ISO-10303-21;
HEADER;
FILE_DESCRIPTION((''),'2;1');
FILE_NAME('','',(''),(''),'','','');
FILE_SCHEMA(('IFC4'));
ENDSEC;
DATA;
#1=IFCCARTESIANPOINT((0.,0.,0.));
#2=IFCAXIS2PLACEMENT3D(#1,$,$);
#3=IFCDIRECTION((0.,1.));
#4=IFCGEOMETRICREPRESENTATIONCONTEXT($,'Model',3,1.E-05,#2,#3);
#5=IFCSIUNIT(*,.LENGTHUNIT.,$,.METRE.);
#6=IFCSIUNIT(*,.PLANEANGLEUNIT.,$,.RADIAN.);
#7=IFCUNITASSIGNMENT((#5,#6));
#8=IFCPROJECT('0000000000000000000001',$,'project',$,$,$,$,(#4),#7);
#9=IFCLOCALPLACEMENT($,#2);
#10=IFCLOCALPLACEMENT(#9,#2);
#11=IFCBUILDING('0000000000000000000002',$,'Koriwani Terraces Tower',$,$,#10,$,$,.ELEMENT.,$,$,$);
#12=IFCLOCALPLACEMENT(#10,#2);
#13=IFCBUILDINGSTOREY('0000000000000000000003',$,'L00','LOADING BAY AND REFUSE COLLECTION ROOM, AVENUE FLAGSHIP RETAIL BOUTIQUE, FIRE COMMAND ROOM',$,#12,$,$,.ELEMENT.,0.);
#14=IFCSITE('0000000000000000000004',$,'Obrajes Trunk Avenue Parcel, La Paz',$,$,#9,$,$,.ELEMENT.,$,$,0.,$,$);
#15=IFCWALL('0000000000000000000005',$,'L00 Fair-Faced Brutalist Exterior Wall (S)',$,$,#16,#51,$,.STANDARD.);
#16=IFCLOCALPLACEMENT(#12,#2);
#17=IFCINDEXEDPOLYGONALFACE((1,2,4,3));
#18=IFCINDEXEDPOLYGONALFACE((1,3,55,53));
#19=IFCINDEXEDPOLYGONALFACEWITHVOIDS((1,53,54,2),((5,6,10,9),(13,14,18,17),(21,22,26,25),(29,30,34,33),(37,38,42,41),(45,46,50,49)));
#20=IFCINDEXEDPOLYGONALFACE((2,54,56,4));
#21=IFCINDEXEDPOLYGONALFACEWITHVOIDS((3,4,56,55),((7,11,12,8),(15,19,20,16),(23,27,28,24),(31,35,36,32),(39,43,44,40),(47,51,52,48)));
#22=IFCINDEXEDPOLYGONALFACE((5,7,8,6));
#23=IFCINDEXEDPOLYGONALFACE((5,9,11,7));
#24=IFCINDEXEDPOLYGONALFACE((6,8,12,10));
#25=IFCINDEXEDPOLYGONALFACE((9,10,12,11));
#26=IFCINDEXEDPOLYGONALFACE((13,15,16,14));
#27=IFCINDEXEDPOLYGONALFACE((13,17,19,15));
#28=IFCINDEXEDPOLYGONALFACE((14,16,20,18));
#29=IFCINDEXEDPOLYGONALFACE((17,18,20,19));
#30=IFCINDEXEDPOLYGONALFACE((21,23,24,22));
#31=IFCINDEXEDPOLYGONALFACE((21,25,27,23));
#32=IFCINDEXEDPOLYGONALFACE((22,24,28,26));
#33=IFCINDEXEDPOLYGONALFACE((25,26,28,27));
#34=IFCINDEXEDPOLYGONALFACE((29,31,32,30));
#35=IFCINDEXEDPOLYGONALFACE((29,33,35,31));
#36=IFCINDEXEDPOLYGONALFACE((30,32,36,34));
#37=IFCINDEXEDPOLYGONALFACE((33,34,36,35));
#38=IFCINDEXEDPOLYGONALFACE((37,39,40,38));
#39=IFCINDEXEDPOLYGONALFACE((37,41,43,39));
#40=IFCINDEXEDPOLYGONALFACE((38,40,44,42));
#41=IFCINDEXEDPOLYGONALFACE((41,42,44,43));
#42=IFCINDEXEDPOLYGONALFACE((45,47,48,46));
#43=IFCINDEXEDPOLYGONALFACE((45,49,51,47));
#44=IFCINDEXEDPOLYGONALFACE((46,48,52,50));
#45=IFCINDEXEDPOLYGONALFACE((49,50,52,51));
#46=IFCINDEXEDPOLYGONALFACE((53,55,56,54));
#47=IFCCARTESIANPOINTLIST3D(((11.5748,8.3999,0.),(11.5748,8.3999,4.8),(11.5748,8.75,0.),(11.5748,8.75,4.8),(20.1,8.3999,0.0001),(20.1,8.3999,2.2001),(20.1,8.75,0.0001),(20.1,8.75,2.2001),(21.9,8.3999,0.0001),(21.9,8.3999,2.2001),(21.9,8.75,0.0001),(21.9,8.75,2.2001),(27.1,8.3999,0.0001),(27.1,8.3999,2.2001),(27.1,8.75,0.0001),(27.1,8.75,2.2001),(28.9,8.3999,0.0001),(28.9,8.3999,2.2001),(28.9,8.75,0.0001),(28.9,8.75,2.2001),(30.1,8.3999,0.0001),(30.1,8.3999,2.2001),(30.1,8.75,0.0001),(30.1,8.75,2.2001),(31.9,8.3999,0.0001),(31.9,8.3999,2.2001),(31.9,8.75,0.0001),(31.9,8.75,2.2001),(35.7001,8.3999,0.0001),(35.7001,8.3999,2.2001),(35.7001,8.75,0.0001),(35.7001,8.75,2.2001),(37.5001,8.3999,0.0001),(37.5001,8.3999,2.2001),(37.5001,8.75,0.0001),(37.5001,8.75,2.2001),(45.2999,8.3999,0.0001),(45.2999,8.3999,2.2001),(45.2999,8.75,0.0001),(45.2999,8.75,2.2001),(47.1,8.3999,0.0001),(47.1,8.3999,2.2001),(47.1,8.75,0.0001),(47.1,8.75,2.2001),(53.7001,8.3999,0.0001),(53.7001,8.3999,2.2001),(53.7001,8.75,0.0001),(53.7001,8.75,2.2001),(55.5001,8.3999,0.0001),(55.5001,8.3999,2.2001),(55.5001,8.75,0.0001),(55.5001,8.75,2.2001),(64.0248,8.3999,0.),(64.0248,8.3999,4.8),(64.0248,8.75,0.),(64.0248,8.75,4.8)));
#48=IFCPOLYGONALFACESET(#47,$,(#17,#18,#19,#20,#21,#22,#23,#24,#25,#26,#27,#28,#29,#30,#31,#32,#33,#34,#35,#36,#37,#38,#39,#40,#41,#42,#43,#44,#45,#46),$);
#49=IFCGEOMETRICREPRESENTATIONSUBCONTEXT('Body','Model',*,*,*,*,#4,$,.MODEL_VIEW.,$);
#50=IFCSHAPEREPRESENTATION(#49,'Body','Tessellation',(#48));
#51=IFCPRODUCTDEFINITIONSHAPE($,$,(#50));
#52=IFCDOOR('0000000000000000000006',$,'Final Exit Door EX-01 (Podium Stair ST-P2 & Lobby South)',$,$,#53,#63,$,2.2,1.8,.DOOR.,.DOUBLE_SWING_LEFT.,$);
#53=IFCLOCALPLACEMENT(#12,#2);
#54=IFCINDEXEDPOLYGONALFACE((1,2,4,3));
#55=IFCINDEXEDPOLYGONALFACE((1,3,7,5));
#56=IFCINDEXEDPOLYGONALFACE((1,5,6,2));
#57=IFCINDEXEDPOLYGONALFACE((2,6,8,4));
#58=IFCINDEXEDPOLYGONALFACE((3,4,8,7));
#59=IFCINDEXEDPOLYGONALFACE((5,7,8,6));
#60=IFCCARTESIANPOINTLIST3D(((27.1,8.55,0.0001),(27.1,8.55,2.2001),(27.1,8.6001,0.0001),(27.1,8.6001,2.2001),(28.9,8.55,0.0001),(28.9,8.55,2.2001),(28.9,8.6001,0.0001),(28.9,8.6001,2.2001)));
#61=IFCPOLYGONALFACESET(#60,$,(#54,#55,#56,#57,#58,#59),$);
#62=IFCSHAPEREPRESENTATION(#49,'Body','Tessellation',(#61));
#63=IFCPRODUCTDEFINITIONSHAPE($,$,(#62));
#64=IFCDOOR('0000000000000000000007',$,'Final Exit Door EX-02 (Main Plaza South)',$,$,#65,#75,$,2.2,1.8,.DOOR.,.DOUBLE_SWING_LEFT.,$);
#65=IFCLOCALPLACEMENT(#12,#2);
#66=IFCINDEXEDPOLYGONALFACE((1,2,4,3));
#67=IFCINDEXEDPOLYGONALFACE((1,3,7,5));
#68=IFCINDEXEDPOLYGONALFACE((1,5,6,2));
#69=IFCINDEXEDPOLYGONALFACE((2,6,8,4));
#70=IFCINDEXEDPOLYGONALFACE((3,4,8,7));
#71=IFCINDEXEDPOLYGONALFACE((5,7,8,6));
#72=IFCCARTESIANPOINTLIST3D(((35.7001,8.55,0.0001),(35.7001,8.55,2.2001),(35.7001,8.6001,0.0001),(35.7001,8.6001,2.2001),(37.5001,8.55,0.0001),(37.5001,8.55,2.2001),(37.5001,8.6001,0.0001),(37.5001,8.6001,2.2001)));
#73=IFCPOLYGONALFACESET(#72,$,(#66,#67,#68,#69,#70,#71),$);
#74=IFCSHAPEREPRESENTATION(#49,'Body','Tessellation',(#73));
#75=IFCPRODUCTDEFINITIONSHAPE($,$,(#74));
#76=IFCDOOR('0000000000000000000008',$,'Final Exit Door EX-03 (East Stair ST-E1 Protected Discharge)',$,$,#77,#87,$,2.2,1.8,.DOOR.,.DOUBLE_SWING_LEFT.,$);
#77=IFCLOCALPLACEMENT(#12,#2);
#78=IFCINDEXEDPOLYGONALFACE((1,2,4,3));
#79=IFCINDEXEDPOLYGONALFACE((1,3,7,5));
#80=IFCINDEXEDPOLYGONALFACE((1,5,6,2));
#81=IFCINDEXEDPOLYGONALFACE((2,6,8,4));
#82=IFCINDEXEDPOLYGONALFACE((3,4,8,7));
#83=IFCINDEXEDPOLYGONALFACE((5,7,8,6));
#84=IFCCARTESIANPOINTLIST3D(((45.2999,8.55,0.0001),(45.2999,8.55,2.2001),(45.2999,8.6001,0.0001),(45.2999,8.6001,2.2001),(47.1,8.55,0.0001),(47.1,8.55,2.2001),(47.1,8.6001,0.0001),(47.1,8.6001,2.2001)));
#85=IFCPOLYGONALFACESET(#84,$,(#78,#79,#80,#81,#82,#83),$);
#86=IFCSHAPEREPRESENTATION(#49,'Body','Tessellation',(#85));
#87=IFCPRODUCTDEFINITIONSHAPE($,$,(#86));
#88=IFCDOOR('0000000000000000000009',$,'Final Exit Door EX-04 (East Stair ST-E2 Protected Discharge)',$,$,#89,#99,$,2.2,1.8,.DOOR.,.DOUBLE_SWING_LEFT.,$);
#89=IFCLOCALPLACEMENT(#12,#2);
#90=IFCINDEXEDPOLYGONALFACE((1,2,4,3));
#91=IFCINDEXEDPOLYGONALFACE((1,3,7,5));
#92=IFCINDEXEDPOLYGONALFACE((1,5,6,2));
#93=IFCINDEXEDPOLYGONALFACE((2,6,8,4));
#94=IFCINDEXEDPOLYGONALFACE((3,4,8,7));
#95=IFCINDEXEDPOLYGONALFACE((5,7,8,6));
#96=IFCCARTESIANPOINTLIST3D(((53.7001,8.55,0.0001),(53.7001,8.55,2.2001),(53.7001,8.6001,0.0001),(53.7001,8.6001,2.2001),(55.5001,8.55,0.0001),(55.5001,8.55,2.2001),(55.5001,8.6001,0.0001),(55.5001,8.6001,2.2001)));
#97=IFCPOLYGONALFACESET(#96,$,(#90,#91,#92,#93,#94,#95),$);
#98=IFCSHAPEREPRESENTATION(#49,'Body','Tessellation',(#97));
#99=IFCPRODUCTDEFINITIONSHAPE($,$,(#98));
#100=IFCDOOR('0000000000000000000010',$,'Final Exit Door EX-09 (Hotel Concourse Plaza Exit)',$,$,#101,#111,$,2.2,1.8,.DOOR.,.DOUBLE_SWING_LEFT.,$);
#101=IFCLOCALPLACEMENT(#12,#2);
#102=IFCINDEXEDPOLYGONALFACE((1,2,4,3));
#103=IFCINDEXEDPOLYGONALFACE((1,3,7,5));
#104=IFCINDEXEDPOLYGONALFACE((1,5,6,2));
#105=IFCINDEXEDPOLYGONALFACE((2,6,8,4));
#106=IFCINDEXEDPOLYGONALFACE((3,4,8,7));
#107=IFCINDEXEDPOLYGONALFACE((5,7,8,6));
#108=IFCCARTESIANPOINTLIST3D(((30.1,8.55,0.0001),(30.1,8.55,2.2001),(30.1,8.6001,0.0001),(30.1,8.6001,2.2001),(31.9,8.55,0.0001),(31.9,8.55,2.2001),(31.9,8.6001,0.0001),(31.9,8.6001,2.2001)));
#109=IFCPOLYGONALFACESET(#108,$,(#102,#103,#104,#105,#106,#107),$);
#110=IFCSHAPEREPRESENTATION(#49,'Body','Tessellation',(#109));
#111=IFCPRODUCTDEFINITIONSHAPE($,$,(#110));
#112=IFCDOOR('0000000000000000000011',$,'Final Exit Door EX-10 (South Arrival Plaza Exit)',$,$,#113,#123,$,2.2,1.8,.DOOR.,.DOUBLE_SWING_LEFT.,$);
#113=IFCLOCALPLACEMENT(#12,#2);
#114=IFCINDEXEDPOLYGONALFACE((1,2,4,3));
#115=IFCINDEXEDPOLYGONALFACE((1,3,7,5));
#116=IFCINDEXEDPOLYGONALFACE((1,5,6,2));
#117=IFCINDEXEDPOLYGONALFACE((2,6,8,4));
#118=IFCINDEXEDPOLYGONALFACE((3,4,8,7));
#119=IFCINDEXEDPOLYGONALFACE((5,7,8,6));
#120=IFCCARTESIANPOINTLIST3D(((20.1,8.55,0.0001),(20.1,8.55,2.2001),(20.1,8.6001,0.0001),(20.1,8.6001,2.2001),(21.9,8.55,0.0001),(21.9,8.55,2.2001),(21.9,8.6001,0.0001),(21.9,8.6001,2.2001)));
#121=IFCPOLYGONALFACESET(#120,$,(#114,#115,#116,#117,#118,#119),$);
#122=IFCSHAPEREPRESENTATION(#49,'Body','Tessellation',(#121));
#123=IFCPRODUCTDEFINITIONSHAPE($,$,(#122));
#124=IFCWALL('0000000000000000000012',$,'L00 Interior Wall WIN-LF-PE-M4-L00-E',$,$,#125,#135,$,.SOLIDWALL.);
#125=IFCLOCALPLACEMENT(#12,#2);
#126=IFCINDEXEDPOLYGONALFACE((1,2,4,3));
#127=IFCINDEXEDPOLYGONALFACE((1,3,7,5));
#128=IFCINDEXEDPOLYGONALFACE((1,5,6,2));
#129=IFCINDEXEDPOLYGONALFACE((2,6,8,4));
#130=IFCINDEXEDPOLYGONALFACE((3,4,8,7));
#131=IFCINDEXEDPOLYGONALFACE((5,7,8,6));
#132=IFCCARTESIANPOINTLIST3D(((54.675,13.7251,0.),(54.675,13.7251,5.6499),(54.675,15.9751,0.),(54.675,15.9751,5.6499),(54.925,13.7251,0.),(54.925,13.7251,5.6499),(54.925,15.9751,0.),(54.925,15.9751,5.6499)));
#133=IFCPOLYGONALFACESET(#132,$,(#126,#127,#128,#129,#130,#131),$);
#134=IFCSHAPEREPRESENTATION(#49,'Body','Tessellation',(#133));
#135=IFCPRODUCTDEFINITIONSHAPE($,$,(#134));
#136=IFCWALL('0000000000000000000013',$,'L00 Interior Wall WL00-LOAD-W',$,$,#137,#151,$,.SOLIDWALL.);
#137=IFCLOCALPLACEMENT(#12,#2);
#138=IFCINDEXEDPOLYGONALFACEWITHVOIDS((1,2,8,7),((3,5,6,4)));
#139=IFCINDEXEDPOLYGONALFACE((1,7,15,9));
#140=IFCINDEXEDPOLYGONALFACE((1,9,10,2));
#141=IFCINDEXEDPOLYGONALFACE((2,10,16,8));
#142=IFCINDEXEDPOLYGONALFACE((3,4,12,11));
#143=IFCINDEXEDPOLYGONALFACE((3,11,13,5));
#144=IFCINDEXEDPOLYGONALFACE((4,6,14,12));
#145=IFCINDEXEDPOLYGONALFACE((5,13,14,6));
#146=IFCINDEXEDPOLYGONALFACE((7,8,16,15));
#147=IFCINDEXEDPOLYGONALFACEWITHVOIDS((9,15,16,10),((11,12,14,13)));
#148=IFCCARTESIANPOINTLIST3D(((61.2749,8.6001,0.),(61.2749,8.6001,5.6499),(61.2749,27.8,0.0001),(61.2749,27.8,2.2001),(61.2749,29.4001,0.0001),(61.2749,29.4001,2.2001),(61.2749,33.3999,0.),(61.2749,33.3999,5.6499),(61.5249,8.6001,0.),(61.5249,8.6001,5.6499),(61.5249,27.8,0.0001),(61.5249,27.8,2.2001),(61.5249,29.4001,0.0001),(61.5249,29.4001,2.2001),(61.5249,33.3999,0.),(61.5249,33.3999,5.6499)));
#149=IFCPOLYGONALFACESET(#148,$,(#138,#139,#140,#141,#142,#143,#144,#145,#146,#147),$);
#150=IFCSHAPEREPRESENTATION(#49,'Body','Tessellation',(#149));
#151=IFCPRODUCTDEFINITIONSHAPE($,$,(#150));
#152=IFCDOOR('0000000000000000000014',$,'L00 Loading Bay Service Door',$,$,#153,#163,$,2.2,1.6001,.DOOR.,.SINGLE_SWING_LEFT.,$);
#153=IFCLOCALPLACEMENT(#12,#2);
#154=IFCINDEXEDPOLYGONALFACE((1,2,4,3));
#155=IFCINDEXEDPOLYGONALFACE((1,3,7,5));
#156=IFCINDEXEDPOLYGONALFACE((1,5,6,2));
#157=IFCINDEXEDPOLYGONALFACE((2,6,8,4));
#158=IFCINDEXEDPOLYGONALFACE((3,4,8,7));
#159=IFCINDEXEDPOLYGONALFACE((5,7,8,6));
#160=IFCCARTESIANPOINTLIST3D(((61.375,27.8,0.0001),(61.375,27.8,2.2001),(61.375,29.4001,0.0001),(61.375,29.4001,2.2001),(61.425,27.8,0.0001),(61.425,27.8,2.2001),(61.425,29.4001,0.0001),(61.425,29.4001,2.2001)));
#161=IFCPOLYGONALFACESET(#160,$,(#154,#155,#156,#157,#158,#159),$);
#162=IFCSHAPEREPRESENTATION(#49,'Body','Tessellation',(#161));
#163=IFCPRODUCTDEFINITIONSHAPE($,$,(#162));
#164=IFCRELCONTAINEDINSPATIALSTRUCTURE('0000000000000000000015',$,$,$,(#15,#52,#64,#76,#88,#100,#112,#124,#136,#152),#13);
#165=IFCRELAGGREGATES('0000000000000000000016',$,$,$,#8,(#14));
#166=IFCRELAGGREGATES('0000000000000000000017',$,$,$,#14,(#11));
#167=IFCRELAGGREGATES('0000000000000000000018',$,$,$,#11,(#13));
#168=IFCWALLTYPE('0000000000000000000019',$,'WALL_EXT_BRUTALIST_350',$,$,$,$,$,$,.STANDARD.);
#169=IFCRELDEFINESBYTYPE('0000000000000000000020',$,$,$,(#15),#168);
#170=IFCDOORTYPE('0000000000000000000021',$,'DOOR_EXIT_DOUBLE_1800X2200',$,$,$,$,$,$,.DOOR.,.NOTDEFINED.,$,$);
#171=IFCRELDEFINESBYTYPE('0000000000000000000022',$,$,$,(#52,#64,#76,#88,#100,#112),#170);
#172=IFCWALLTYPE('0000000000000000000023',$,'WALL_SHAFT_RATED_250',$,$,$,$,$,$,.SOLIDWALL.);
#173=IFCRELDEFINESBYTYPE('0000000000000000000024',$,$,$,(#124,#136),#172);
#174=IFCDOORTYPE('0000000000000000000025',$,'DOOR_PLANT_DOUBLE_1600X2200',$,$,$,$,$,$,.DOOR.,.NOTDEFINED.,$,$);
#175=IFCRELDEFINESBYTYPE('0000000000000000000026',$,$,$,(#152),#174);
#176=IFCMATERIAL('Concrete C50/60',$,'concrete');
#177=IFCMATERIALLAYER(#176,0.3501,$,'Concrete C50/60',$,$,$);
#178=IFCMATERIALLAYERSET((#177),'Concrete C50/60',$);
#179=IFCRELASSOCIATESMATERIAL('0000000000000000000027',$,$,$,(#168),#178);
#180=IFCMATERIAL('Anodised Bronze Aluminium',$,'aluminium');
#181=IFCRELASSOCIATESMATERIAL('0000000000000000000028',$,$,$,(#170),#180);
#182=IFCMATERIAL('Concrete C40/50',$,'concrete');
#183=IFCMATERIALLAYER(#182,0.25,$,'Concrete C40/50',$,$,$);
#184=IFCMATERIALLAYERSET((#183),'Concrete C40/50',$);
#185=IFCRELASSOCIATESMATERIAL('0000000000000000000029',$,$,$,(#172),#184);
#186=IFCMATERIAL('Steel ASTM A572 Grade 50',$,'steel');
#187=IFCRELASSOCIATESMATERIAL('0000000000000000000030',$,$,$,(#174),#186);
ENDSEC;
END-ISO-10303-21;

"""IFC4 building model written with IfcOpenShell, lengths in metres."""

from ifc_helpers import new_model, si_unit, direction, frame, frame_2d, origin, place, context, subcontext, project, spatial, rectangle, extrude, material, layer, layer_set, type_object, element, fill, save


model = new_model("IFC4")

# Units and contexts
model_context = context("Model", 3, precision=1e-05, world=origin(), true_north=direction((0.0, 1.0)))
body_context = subcontext(model_context, "Body", "Model", "MODEL_VIEW")
ifc_project = project(units=[si_unit("LENGTHUNIT", "METRE"), si_unit("PLANEANGLEUNIT", "RADIAN")], contexts=[model_context])

# Site, building, storey
site_placement = place(None, origin())
site = spatial("IfcSite", under=ifc_project, at=site_placement, Name="Obrajes Trunk Avenue Parcel, La Paz", CompositionType="ELEMENT", RefElevation=0.0)
building_placement = place(site_placement, origin())
building = spatial("IfcBuilding", under=site, at=building_placement, Name="Koriwani Terraces Tower", CompositionType="ELEMENT")
storey_placement = place(building_placement, origin())
storey = spatial("IfcBuildingStorey", under=building, at=storey_placement, Name="L00", Description="LOADING BAY AND REFUSE COLLECTION ROOM, AVENUE FLAGSHIP RETAIL BOUTIQUE, FIRE COMMAND ROOM", CompositionType="ELEMENT", Elevation=0.0)

# Shared definitions
ifc_material_1 = material(Name="Steel ASTM A572 Grade 50", Category="steel")

# Shared definitions
ifc_material_2 = material(Name="Concrete C50/60", Category="concrete")
ifc_layer_1 = layer(ifc_material_2, 0.3501, Name="Concrete C50/60")
ifc_layer_set_1 = layer_set([ifc_layer_1], Name="Concrete C50/60")
wall_type_1 = type_object("IfcWallType", Name="WALL_EXT_BRUTALIST_350", PredefinedType="STANDARD", material=ifc_layer_set_1)

# Wall, openings, doors
wall_1_placement = place(storey_placement, frame((64.0249, 8.575, 0.0), z_axis=(0.0, 0.0, 1.0), x_axis=(-1.0, 0.0, 0.0)))
wall_1 = element("IfcWall", 1, at=wall_1_placement, inside=storey, type_object=wall_type_1, Name="L00 Fair-Faced Brutalist Exterior Wall (S)", PredefinedType="STANDARD", context=body_context, shape_type="SweptSolid", body=[
    extrude(rectangle(XDim=52.45, YDim=0.3501, at=frame_2d((26.2251, 0.0))), origin(), (0.0, 0.0, 1.0), 4.8),
])
opening_1_placement = place(wall_1_placement, frame((35.125, 0.0, 0.0)))
opening_1 = element("IfcOpeningElement", 2, at=opening_1_placement, cuts=wall_1, PredefinedType="OPENING", context=body_context, shape_type="SweptSolid", body=[
    extrude(rectangle(XDim=1.8, YDim=2.2, at=frame_2d((0.8999, 1.1001))), frame((0.0, 0.1851, 0.0), z_axis=(0.0, -1.0, 0.0), x_axis=(1.0, 0.0, 0.0)), (0.0, 0.0, 1.0), 0.3701),
])
opening_2_placement = place(wall_1_placement, frame((26.5249, 0.0, 0.0)))
opening_2 = element("IfcOpeningElement", 3, at=opening_2_placement, cuts=wall_1, PredefinedType="OPENING", context=body_context, shape_type="SweptSolid", body=[
    extrude(rectangle(XDim=1.8, YDim=2.2, at=frame_2d((0.8999, 1.1001))), frame((0.0, 0.1851, 0.0), z_axis=(0.0, -1.0, 0.0), x_axis=(1.0, 0.0, 0.0)), (0.0, 0.0, 1.0), 0.3701),
])
opening_3_placement = place(wall_1_placement, frame((16.925, 0.0, 0.0)))
opening_3 = element("IfcOpeningElement", 4, at=opening_3_placement, cuts=wall_1, PredefinedType="OPENING", context=body_context, shape_type="SweptSolid", body=[
    extrude(rectangle(XDim=1.8, YDim=2.2, at=frame_2d((0.8999, 1.1001))), frame((0.0, 0.1851, 0.0), z_axis=(0.0, -1.0, 0.0), x_axis=(1.0, 0.0, 0.0)), (0.0, 0.0, 1.0), 0.3701),
])
opening_4_placement = place(wall_1_placement, frame((8.5249, 0.0, 0.0)))
opening_4 = element("IfcOpeningElement", 5, at=opening_4_placement, cuts=wall_1, PredefinedType="OPENING", context=body_context, shape_type="SweptSolid", body=[
    extrude(rectangle(XDim=1.8, YDim=2.2, at=frame_2d((0.8999, 1.1001))), frame((0.0, 0.1851, 0.0), z_axis=(0.0, -1.0, 0.0), x_axis=(1.0, 0.0, 0.0)), (0.0, 0.0, 1.0), 0.3701),
])
opening_5_placement = place(wall_1_placement, frame((32.125, 0.0, 0.0)))
opening_5 = element("IfcOpeningElement", 6, at=opening_5_placement, cuts=wall_1, PredefinedType="OPENING", context=body_context, shape_type="SweptSolid", body=[
    extrude(rectangle(XDim=1.8, YDim=2.2, at=frame_2d((0.8999, 1.1001))), frame((0.0, 0.1851, 0.0), z_axis=(0.0, -1.0, 0.0), x_axis=(1.0, 0.0, 0.0)), (0.0, 0.0, 1.0), 0.3701),
])
opening_6_placement = place(wall_1_placement, frame((42.125, 0.0, 0.0)))
opening_6 = element("IfcOpeningElement", 7, at=opening_6_placement, cuts=wall_1, PredefinedType="OPENING", context=body_context, shape_type="SweptSolid", body=[
    extrude(rectangle(XDim=1.8, YDim=2.2, at=frame_2d((0.8999, 1.1001))), frame((0.0, 0.1851, 0.0), z_axis=(0.0, -1.0, 0.0), x_axis=(1.0, 0.0, 0.0)), (0.0, 0.0, 1.0), 0.3701),
])
ifc_material_3 = material(Name="Anodised Bronze Aluminium", Category="aluminium")
door_type_1 = type_object("IfcDoorType", Name="DOOR_EXIT_DOUBLE_1800X2200", OperationType="NOTDEFINED", PredefinedType="DOOR", material=ifc_material_3)
door_1_placement = place(opening_1_placement, origin())
door_1 = element("IfcDoor", 8, at=door_1_placement, inside=storey, type_object=door_type_1, Name="Final Exit Door EX-01 (Podium Stair ST-P2 & Lobby South)", OperationType="DOUBLE_SWING_LEFT", OverallHeight=2.2, OverallWidth=1.8, PredefinedType="DOOR", context=body_context, shape_type="SweptSolid", body=[
    extrude(rectangle(XDim=1.8, YDim=2.2, at=frame_2d((0.8999, 1.1001))), frame((0.0, 0.0249, 0.0), z_axis=(0.0, -1.0, 0.0), x_axis=(1.0, 0.0, 0.0)), (0.0, 0.0, 1.0), 0.05),
])
fill(opening_1, door_1)
door_2_placement = place(opening_2_placement, origin())
door_2 = element("IfcDoor", 9, at=door_2_placement, inside=storey, type_object=door_type_1, Name="Final Exit Door EX-02 (Main Plaza South)", OperationType="DOUBLE_SWING_LEFT", OverallHeight=2.2, OverallWidth=1.8, PredefinedType="DOOR", context=body_context, shape_type="SweptSolid", body=[
    extrude(rectangle(XDim=1.8, YDim=2.2, at=frame_2d((0.8999, 1.1001))), frame((0.0, 0.0249, 0.0), z_axis=(0.0, -1.0, 0.0), x_axis=(1.0, 0.0, 0.0)), (0.0, 0.0, 1.0), 0.05),
])
fill(opening_2, door_2)
door_3_placement = place(opening_3_placement, origin())
door_3 = element("IfcDoor", 10, at=door_3_placement, inside=storey, type_object=door_type_1, Name="Final Exit Door EX-03 (East Stair ST-E1 Protected Discharge)", OperationType="DOUBLE_SWING_LEFT", OverallHeight=2.2, OverallWidth=1.8, PredefinedType="DOOR", context=body_context, shape_type="SweptSolid", body=[
    extrude(rectangle(XDim=1.8, YDim=2.2, at=frame_2d((0.8999, 1.1001))), frame((0.0, 0.0249, 0.0), z_axis=(0.0, -1.0, 0.0), x_axis=(1.0, 0.0, 0.0)), (0.0, 0.0, 1.0), 0.05),
])
fill(opening_3, door_3)
door_4_placement = place(opening_4_placement, origin())
door_4 = element("IfcDoor", 11, at=door_4_placement, inside=storey, type_object=door_type_1, Name="Final Exit Door EX-04 (East Stair ST-E2 Protected Discharge)", OperationType="DOUBLE_SWING_LEFT", OverallHeight=2.2, OverallWidth=1.8, PredefinedType="DOOR", context=body_context, shape_type="SweptSolid", body=[
    extrude(rectangle(XDim=1.8, YDim=2.2, at=frame_2d((0.8999, 1.1001))), frame((0.0, 0.0249, 0.0), z_axis=(0.0, -1.0, 0.0), x_axis=(1.0, 0.0, 0.0)), (0.0, 0.0, 1.0), 0.05),
])
fill(opening_4, door_4)
door_5_placement = place(opening_5_placement, origin())
door_5 = element("IfcDoor", 12, at=door_5_placement, inside=storey, type_object=door_type_1, Name="Final Exit Door EX-09 (Hotel Concourse Plaza Exit)", OperationType="DOUBLE_SWING_LEFT", OverallHeight=2.2, OverallWidth=1.8, PredefinedType="DOOR", context=body_context, shape_type="SweptSolid", body=[
    extrude(rectangle(XDim=1.8, YDim=2.2, at=frame_2d((0.8999, 1.1001))), frame((0.0, 0.0249, 0.0), z_axis=(0.0, -1.0, 0.0), x_axis=(1.0, 0.0, 0.0)), (0.0, 0.0, 1.0), 0.05),
])
fill(opening_5, door_5)
door_6_placement = place(opening_6_placement, origin())
door_6 = element("IfcDoor", 13, at=door_6_placement, inside=storey, type_object=door_type_1, Name="Final Exit Door EX-10 (South Arrival Plaza Exit)", OperationType="DOUBLE_SWING_LEFT", OverallHeight=2.2, OverallWidth=1.8, PredefinedType="DOOR", context=body_context, shape_type="SweptSolid", body=[
    extrude(rectangle(XDim=1.8, YDim=2.2, at=frame_2d((0.8999, 1.1001))), frame((0.0, 0.0249, 0.0), z_axis=(0.0, -1.0, 0.0), x_axis=(1.0, 0.0, 0.0)), (0.0, 0.0, 1.0), 0.05),
])
fill(opening_6, door_6)

# Wall
ifc_material_4 = material(Name="Concrete C40/50", Category="concrete")
ifc_layer_2 = layer(ifc_material_4, 0.25, Name="Concrete C40/50")
ifc_layer_set_2 = layer_set([ifc_layer_2], Name="Concrete C40/50")
wall_type_2 = type_object("IfcWallType", Name="WALL_SHAFT_RATED_250", PredefinedType="SOLIDWALL", material=ifc_layer_set_2)
wall_2_placement = place(storey_placement, frame((54.8, 13.7251, 0.0), z_axis=(0.0, 0.0, 1.0), x_axis=(0.0, 1.0, 0.0)))
element("IfcWall", 14, at=wall_2_placement, inside=storey, type_object=wall_type_2, Name="L00 Interior Wall WIN-LF-PE-M4-L00-E", PredefinedType="SOLIDWALL", context=body_context, shape_type="SweptSolid", body=[
    extrude(rectangle(XDim=2.25, YDim=0.25, at=frame_2d((1.125, 0.0))), origin(), (0.0, 0.0, 1.0), 5.6499),
])

# Wall, opening, door
wall_3_placement = place(storey_placement, frame((61.3999, 8.6001, 0.0), z_axis=(0.0, 0.0, 1.0), x_axis=(0.0, 1.0, 0.0)))
wall_3 = element("IfcWall", 15, at=wall_3_placement, inside=storey, type_object=wall_type_2, Name="L00 Interior Wall WL00-LOAD-W", PredefinedType="SOLIDWALL", context=body_context, shape_type="SweptSolid", body=[
    extrude(rectangle(XDim=24.7998, YDim=0.25, at=frame_2d((12.3999, 0.0))), origin(), (0.0, 0.0, 1.0), 5.6499),
])
opening_7_placement = place(wall_3_placement, frame((19.2, 0.0, 0.0)))
opening_7 = element("IfcOpeningElement", 16, at=opening_7_placement, cuts=wall_3, PredefinedType="OPENING", context=body_context, shape_type="SweptSolid", body=[
    extrude(rectangle(XDim=1.6001, YDim=2.2, at=frame_2d((0.8, 1.1001))), frame((0.0, 0.135, 0.0), z_axis=(0.0, -1.0, 0.0), x_axis=(1.0, 0.0, 0.0)), (0.0, 0.0, 1.0), 0.27),
])
door_type_2 = type_object("IfcDoorType", Name="DOOR_PLANT_DOUBLE_1600X2200", OperationType="NOTDEFINED", PredefinedType="DOOR", material=ifc_material_1)
door_7_placement = place(opening_7_placement, origin())
door_7 = element("IfcDoor", 17, at=door_7_placement, inside=storey, type_object=door_type_2, Name="L00 Loading Bay Service Door", OperationType="SINGLE_SWING_LEFT", OverallHeight=2.2, OverallWidth=1.6001, PredefinedType="DOOR", context=body_context, shape_type="SweptSolid", body=[
    extrude(rectangle(XDim=1.6001, YDim=2.2, at=frame_2d((0.8, 1.1001))), frame((0.0, 0.0249, 0.0), z_axis=(0.0, -1.0, 0.0), x_axis=(1.0, 0.0, 0.0)), (0.0, 0.0, 1.0), 0.05),
])
fill(opening_7, door_7)

save(model, "model.ifc")
